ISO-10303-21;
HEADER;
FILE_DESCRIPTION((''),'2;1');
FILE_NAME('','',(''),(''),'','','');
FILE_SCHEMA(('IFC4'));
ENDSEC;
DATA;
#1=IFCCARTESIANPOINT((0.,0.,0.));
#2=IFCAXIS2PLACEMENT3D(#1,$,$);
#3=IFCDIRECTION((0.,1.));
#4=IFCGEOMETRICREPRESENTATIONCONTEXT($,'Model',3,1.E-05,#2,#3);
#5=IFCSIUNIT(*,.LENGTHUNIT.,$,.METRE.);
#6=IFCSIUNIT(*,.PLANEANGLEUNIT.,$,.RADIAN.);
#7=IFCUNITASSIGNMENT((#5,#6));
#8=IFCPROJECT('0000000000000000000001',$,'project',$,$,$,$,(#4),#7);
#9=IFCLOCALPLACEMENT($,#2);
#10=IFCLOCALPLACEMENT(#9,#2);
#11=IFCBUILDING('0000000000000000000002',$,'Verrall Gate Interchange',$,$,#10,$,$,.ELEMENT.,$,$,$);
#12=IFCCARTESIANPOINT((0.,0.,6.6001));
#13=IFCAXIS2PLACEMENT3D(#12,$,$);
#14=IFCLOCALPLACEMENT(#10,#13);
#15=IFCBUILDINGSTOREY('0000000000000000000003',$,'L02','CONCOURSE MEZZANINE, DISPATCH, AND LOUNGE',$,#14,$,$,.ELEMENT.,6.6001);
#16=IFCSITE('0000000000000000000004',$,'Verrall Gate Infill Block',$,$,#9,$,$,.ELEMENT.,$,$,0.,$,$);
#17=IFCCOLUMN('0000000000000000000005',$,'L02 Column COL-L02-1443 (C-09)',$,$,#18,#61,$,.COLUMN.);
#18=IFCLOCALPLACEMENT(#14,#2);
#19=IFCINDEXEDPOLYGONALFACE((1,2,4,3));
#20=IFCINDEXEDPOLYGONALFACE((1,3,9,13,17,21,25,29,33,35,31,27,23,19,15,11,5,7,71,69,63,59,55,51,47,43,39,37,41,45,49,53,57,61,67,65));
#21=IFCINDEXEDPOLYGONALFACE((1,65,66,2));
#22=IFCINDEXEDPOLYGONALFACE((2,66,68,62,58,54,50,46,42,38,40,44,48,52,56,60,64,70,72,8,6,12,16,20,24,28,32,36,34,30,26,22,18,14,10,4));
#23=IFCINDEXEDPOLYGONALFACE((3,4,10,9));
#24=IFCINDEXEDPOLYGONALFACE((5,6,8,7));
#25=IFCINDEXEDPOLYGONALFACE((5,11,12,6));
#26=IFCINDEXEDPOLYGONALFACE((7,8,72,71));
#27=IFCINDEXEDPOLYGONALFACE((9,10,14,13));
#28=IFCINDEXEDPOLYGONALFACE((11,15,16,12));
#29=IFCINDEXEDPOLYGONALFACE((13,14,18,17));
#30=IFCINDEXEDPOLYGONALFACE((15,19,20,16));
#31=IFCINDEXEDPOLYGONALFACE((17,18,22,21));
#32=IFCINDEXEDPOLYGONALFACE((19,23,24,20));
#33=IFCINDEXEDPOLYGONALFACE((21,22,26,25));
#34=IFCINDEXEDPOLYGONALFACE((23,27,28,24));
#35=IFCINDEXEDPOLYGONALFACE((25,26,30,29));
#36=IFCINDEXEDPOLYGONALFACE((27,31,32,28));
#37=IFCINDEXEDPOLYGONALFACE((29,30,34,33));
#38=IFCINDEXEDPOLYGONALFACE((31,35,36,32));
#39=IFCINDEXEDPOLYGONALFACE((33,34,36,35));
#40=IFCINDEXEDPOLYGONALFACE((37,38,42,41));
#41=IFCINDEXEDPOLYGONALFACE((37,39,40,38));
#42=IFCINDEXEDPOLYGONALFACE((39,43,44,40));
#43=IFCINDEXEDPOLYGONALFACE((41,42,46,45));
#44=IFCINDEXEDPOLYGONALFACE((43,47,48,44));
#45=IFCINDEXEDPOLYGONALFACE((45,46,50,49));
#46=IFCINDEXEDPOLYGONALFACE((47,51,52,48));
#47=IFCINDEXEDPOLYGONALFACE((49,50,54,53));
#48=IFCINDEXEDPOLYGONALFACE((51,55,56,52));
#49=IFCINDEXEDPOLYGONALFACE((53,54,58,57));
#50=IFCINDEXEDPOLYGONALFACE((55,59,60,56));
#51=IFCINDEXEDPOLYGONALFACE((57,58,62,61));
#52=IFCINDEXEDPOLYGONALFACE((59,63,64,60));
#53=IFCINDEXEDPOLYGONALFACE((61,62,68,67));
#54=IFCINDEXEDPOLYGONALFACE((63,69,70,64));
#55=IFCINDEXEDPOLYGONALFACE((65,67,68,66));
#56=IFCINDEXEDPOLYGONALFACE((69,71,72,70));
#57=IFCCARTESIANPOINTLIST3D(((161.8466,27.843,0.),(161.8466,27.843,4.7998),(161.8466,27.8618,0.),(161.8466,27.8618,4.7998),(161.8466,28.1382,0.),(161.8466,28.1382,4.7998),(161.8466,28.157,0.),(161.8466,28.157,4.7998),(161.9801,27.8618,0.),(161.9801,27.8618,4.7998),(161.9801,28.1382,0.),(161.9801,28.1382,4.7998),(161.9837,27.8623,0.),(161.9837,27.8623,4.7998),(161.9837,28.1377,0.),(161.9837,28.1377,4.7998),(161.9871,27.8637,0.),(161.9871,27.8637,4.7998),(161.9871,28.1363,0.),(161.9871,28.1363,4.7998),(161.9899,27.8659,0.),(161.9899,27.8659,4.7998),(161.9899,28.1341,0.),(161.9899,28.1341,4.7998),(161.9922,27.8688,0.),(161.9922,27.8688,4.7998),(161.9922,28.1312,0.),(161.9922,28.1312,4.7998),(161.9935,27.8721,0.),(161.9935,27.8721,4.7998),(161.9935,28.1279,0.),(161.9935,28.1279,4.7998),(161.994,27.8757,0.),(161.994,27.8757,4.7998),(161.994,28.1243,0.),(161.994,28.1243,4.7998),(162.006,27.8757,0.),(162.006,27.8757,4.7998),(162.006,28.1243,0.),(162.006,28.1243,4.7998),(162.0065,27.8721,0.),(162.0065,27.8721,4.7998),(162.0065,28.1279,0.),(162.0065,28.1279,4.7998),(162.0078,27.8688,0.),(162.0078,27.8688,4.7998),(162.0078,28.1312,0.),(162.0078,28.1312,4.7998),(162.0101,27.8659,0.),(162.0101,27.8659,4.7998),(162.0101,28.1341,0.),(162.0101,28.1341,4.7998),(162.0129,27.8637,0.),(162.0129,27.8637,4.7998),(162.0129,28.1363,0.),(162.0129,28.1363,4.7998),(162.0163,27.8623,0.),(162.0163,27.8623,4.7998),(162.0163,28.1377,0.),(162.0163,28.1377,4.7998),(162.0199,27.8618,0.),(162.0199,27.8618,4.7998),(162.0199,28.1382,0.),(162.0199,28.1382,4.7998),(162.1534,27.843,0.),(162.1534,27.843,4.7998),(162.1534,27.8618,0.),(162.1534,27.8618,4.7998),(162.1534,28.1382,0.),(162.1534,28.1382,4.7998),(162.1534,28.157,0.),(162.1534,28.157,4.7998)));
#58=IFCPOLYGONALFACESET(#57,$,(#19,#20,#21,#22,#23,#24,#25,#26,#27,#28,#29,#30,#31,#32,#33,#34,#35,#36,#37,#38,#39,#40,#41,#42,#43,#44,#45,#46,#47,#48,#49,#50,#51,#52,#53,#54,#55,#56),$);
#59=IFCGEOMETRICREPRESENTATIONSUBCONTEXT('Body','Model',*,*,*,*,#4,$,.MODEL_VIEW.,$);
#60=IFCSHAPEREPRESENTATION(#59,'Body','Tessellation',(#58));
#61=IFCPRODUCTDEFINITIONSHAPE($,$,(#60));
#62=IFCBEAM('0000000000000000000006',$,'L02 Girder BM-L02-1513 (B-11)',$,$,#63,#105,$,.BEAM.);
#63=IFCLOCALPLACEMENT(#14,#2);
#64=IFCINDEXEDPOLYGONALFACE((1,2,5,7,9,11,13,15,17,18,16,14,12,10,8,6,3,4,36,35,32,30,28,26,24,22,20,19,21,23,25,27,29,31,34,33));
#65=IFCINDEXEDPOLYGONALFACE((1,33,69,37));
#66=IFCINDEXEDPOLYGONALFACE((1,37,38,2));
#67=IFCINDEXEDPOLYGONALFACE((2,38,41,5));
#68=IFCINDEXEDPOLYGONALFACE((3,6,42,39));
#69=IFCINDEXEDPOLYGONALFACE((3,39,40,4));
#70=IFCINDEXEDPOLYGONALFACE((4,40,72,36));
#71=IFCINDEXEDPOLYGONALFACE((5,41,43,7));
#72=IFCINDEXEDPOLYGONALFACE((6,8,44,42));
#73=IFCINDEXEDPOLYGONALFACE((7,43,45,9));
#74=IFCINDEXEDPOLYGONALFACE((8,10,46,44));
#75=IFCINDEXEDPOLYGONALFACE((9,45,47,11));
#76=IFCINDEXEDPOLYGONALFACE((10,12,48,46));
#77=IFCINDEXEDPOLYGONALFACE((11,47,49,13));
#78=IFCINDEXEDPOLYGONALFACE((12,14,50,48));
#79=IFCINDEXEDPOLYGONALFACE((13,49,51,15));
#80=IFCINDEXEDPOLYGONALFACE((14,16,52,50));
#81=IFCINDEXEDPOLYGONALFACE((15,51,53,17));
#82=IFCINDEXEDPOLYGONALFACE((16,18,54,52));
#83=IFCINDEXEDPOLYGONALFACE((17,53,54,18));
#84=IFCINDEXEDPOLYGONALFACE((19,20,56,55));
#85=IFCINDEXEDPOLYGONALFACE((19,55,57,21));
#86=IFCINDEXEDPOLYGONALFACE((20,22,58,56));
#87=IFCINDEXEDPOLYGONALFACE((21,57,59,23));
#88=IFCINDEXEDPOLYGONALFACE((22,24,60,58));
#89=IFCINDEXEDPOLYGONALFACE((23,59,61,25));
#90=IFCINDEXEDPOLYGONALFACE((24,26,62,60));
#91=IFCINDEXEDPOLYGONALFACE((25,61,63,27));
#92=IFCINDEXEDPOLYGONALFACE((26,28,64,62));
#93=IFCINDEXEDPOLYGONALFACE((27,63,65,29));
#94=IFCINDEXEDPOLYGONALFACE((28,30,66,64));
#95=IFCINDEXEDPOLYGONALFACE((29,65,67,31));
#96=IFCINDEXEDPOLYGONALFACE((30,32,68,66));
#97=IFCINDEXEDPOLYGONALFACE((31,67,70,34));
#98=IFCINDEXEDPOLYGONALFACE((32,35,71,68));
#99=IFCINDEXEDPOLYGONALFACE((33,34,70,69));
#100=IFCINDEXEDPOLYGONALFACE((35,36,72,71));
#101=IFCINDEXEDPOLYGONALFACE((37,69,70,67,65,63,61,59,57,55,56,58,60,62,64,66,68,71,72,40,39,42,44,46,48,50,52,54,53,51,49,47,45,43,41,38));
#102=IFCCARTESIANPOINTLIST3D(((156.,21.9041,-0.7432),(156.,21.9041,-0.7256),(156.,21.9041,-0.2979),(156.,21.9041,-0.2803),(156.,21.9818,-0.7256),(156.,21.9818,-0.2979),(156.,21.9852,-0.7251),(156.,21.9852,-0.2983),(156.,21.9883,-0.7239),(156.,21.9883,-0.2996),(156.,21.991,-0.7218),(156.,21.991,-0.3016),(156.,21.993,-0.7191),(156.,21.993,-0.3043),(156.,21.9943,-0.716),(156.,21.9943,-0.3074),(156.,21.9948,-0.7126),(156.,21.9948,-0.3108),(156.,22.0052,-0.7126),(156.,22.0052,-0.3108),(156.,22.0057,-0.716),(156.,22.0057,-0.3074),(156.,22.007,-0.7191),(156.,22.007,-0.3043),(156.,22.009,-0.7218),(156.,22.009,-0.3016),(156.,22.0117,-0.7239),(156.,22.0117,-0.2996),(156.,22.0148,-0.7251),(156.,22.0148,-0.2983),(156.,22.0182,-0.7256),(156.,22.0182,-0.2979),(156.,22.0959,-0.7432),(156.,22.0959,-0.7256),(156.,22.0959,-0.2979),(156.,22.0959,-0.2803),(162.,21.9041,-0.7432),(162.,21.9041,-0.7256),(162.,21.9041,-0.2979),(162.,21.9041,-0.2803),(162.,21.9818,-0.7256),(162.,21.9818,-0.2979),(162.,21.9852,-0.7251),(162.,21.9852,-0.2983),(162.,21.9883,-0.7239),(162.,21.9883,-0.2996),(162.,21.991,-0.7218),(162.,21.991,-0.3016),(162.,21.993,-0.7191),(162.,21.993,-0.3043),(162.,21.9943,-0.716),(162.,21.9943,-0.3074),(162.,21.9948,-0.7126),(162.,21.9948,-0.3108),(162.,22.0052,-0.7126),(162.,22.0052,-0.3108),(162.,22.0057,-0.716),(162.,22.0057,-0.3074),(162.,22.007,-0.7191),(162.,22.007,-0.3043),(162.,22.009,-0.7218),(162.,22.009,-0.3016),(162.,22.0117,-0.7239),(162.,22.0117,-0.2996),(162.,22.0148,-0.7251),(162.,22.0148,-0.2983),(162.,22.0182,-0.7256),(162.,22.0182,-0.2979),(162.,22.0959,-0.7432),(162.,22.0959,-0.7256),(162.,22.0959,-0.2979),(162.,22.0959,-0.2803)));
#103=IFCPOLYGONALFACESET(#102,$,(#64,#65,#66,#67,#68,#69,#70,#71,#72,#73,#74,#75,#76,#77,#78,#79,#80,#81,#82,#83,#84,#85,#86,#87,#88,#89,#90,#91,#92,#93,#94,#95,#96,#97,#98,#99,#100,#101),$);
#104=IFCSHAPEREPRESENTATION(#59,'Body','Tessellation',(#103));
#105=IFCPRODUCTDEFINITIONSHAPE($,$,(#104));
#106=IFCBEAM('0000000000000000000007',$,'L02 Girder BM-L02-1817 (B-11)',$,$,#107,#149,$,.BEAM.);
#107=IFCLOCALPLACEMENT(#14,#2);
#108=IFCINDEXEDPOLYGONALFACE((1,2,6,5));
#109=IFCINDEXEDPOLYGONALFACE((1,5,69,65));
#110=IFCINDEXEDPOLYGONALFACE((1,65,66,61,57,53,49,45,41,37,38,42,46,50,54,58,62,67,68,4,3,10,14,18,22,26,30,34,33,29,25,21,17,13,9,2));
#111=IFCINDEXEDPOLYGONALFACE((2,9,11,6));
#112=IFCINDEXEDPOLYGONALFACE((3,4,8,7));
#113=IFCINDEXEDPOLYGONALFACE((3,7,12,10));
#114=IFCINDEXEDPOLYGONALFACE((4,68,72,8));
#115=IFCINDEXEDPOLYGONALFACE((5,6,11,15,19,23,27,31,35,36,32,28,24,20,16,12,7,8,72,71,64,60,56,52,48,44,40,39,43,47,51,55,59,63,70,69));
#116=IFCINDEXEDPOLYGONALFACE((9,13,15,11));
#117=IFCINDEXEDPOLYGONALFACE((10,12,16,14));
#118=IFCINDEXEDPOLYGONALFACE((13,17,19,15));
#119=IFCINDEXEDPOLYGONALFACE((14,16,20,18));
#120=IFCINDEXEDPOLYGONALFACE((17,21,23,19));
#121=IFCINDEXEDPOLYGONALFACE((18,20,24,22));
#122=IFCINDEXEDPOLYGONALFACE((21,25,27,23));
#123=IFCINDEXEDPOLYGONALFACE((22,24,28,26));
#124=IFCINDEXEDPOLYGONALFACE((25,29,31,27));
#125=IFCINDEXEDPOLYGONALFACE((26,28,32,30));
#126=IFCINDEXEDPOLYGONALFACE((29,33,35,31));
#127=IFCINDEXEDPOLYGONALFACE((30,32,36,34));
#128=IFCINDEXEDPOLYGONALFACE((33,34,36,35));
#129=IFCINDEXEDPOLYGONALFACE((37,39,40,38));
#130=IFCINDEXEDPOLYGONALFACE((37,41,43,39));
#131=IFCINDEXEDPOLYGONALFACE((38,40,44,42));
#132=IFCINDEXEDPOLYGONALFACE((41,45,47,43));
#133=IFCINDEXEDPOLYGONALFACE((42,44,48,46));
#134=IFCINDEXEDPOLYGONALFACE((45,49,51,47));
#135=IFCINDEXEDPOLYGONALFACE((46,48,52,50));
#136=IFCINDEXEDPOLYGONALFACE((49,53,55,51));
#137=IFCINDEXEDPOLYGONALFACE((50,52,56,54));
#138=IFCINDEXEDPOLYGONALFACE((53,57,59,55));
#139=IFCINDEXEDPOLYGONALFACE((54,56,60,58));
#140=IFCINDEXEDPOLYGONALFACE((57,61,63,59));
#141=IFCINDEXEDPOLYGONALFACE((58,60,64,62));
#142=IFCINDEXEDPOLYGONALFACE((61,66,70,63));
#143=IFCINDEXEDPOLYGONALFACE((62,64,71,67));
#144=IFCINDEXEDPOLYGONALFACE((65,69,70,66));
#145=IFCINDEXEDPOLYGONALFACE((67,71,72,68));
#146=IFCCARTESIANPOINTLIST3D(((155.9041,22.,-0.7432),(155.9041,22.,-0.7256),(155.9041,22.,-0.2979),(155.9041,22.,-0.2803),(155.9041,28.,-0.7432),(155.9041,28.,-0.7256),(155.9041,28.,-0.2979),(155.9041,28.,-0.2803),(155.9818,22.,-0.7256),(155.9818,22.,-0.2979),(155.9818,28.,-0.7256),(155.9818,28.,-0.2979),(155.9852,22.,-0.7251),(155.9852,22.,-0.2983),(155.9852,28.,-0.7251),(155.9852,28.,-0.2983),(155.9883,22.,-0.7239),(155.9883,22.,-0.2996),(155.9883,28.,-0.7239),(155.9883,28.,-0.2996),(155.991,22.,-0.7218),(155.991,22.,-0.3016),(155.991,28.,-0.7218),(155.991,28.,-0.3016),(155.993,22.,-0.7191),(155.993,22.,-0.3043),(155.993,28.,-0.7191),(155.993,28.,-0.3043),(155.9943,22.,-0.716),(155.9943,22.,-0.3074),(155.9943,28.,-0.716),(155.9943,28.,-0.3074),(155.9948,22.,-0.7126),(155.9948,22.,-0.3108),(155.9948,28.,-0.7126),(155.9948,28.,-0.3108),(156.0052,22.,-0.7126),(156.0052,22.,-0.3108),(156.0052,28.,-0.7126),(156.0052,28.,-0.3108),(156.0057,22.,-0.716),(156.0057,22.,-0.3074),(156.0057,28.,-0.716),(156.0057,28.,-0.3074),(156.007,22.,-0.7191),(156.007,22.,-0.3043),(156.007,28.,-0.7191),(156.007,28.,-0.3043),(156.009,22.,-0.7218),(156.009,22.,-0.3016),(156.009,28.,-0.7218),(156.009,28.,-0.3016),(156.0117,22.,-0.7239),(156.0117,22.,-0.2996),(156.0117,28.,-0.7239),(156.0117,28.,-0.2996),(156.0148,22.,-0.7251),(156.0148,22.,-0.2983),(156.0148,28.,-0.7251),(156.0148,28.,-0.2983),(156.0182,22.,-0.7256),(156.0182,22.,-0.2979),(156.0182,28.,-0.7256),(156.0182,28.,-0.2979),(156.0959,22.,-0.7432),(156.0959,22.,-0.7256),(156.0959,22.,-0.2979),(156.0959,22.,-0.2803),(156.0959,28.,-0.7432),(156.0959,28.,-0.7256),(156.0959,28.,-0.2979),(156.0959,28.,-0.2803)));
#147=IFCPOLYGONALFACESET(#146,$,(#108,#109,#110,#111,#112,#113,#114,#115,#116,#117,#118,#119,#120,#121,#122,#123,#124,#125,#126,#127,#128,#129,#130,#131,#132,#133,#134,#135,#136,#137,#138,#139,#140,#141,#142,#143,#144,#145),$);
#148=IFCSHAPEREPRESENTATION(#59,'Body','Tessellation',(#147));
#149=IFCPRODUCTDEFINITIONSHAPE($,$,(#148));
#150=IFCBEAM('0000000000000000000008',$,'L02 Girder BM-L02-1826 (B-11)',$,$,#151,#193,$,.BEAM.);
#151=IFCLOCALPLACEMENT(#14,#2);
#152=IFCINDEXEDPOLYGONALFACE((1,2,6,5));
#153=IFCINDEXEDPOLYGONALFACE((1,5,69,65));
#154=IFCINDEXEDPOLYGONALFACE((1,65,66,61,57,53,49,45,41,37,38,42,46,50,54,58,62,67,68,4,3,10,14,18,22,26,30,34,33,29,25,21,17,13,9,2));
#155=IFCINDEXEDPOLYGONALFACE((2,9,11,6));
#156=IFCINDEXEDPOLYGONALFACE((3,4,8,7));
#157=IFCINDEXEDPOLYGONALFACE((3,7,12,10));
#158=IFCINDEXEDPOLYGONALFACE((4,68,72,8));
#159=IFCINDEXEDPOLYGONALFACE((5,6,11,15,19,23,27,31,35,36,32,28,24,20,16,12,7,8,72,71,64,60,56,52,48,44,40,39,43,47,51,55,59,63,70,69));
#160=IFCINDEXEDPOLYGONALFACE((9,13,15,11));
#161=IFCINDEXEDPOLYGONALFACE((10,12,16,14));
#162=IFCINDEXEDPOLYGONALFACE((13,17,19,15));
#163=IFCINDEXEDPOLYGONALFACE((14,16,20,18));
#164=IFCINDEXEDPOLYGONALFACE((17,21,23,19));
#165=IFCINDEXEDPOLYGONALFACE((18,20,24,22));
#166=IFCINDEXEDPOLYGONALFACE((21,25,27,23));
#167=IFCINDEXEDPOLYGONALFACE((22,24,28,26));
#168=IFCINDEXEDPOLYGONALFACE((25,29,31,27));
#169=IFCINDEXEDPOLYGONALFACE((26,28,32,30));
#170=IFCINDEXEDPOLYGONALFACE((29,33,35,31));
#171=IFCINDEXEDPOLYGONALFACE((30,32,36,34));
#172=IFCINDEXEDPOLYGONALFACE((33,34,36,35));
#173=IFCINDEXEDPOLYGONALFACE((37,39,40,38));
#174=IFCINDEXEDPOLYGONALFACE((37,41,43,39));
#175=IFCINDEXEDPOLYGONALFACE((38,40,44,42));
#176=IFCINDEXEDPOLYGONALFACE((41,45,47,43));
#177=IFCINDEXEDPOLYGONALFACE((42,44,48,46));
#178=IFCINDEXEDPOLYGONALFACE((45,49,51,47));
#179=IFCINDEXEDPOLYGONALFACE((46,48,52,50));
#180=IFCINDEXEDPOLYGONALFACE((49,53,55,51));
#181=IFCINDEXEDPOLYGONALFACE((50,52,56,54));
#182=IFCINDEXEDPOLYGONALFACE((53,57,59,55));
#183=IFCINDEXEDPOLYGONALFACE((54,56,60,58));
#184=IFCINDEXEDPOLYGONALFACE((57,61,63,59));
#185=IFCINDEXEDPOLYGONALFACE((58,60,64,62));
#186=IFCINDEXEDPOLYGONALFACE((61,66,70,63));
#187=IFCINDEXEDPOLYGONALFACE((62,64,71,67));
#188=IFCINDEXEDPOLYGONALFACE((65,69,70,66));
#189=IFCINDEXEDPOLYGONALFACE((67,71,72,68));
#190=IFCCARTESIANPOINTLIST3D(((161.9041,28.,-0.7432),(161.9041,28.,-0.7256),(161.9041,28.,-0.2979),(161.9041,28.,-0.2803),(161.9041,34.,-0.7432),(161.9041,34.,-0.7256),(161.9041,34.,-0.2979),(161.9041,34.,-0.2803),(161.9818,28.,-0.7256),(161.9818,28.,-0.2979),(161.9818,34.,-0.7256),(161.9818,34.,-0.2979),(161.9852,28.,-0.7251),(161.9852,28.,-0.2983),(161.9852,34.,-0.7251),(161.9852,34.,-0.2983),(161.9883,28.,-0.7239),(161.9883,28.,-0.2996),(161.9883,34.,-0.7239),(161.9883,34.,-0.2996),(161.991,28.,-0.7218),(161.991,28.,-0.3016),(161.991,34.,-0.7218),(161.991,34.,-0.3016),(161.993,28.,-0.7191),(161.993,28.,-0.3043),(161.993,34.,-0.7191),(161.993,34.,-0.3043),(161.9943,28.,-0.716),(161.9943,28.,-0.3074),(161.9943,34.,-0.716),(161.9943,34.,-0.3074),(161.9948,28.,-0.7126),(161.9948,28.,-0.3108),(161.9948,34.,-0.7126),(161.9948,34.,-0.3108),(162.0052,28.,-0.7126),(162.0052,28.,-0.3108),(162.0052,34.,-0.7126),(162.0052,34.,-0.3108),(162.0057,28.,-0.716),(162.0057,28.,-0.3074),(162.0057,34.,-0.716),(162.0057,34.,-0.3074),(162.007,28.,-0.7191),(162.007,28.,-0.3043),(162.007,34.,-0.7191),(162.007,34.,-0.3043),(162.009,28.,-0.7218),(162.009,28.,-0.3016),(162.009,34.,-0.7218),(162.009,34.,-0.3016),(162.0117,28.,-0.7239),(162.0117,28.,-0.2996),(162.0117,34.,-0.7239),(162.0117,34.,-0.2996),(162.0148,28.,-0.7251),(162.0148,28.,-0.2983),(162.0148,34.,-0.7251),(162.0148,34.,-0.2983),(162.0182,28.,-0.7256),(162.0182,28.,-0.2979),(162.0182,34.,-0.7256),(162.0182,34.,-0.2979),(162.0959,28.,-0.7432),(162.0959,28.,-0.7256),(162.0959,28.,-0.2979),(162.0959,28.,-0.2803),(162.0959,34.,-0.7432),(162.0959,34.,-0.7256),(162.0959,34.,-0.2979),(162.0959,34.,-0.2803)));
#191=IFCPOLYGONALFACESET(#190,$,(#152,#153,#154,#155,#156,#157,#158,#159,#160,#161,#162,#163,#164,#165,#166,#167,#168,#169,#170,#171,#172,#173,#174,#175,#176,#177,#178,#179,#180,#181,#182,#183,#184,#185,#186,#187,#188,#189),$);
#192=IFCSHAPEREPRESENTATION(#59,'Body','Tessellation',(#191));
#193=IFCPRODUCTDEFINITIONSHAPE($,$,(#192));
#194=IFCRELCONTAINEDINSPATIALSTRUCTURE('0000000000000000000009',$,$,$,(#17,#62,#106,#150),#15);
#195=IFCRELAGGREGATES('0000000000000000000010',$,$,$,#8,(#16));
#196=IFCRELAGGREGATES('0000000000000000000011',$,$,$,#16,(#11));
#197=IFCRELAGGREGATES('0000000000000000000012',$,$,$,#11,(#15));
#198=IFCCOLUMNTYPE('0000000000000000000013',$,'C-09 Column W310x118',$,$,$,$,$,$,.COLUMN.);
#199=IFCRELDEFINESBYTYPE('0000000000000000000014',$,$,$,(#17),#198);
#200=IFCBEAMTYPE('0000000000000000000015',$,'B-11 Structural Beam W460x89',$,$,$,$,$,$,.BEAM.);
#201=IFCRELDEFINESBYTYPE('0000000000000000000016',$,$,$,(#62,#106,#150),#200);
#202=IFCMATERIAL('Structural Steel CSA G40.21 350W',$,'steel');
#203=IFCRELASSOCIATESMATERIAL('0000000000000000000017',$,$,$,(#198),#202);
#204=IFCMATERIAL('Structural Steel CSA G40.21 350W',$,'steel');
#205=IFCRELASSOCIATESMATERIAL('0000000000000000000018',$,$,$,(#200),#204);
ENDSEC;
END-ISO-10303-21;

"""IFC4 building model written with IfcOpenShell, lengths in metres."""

from ifc_helpers import new_model, si_unit, direction, frame, origin, origin_2d, place, context, subcontext, project, spatial, i_section, extrude, material, material_profile, profile_set, type_object, element, save


model = new_model("IFC4")

# Units and contexts
model_context = context("Model", 3, precision=1e-05, world=origin(), true_north=direction((0.0, 1.0)))
body_context = subcontext(model_context, "Body", "Model", "MODEL_VIEW")
ifc_project = project(units=[si_unit("LENGTHUNIT", "METRE"), si_unit("PLANEANGLEUNIT", "RADIAN")], contexts=[model_context])

# Site, building, storey
site_placement = place(None, origin())
site = spatial("IfcSite", under=ifc_project, at=site_placement, Name="Verrall Gate Infill Block", CompositionType="ELEMENT", RefElevation=0.0)
building_placement = place(site_placement, origin())
building = spatial("IfcBuilding", under=site, at=building_placement, Name="Verrall Gate Interchange", CompositionType="ELEMENT")
storey_placement = place(building_placement, frame((0.0, 0.0, 6.6001)))
storey = spatial("IfcBuildingStorey", under=building, at=storey_placement, Name="L02", Description="CONCOURSE MEZZANINE, DISPATCH, AND LOUNGE", CompositionType="ELEMENT", Elevation=6.6001)

# Column
ifc_material_1 = material(Name="Structural Steel CSA G40.21 350W", Category="steel")
ifc_material_profile_1 = material_profile(ifc_material_1, i_section(OverallWidth=0.3069, OverallDepth=0.314, WebThickness=0.012, FlangeThickness=0.0188, FilletRadius=0.0139, at=origin_2d()), Name="W310x118")
ifc_profile_set_1 = profile_set([ifc_material_profile_1], Name="Structural Steel CSA G40.21 350W")
column_type_1 = type_object("IfcColumnType", Name="C-09 Column W310x118", PredefinedType="COLUMN", material=ifc_profile_set_1)
for number, where, z_axis, x_axis, name in (
    (1, (162.0, 28.0, 0.0), (0.0, 0.0, 1.0), (1.0, 0.0, 0.0), "L02 Column COL-L02-1443 (C-09)"),
):
    element("IfcColumn", number, at=place(storey_placement, frame(where, z_axis=z_axis, x_axis=x_axis)), inside=storey, type_object=column_type_1, Name=name, PredefinedType="COLUMN", context=body_context, shape_type="SweptSolid", body=[
        extrude(i_section(OverallWidth=0.3069, OverallDepth=0.314, WebThickness=0.012, FlangeThickness=0.0188, FilletRadius=0.0139, at=origin_2d()), origin(), (0.0, 0.0, 1.0), 4.7998),
    ])

# Beams
ifc_material_2 = material(Name="Structural Steel CSA G40.21 350W", Category="steel")
ifc_material_profile_2 = material_profile(ifc_material_2, i_section(OverallWidth=0.1919, OverallDepth=0.4629, WebThickness=0.0105, FlangeThickness=0.0176, FilletRadius=0.0129, at=origin_2d()), Name="W460x89")
ifc_profile_set_2 = profile_set([ifc_material_profile_2], Name="Structural Steel CSA G40.21 350W")
beam_type_1 = type_object("IfcBeamType", Name="B-11 Structural Beam W460x89", PredefinedType="BEAM", material=ifc_profile_set_2)
for number, where, z_axis, x_axis, name in (
    (2, (156.0, 22.0, -0.5117), (1.0, 0.0, 0.0), (0.0, 1.0, 0.0), "L02 Girder BM-L02-1513 (B-11)"),
    (3, (156.0, 22.0, -0.5117), (0.0, 1.0, 0.0), (-1.0, 0.0, 0.0), "L02 Girder BM-L02-1817 (B-11)"),
    (4, (162.0, 28.0, -0.5117), (0.0, 1.0, 0.0), (-1.0, 0.0, 0.0), "L02 Girder BM-L02-1826 (B-11)"),
):
    element("IfcBeam", number, at=place(storey_placement, frame(where, z_axis=z_axis, x_axis=x_axis)), inside=storey, type_object=beam_type_1, Name=name, PredefinedType="BEAM", context=body_context, shape_type="SweptSolid", body=[
        extrude(i_section(OverallWidth=0.1919, OverallDepth=0.4629, WebThickness=0.0105, FlangeThickness=0.0176, FilletRadius=0.0129, at=origin_2d()), origin(), (0.0, 0.0, 1.0), 6.0),
    ])

save(model, "model.ifc")
